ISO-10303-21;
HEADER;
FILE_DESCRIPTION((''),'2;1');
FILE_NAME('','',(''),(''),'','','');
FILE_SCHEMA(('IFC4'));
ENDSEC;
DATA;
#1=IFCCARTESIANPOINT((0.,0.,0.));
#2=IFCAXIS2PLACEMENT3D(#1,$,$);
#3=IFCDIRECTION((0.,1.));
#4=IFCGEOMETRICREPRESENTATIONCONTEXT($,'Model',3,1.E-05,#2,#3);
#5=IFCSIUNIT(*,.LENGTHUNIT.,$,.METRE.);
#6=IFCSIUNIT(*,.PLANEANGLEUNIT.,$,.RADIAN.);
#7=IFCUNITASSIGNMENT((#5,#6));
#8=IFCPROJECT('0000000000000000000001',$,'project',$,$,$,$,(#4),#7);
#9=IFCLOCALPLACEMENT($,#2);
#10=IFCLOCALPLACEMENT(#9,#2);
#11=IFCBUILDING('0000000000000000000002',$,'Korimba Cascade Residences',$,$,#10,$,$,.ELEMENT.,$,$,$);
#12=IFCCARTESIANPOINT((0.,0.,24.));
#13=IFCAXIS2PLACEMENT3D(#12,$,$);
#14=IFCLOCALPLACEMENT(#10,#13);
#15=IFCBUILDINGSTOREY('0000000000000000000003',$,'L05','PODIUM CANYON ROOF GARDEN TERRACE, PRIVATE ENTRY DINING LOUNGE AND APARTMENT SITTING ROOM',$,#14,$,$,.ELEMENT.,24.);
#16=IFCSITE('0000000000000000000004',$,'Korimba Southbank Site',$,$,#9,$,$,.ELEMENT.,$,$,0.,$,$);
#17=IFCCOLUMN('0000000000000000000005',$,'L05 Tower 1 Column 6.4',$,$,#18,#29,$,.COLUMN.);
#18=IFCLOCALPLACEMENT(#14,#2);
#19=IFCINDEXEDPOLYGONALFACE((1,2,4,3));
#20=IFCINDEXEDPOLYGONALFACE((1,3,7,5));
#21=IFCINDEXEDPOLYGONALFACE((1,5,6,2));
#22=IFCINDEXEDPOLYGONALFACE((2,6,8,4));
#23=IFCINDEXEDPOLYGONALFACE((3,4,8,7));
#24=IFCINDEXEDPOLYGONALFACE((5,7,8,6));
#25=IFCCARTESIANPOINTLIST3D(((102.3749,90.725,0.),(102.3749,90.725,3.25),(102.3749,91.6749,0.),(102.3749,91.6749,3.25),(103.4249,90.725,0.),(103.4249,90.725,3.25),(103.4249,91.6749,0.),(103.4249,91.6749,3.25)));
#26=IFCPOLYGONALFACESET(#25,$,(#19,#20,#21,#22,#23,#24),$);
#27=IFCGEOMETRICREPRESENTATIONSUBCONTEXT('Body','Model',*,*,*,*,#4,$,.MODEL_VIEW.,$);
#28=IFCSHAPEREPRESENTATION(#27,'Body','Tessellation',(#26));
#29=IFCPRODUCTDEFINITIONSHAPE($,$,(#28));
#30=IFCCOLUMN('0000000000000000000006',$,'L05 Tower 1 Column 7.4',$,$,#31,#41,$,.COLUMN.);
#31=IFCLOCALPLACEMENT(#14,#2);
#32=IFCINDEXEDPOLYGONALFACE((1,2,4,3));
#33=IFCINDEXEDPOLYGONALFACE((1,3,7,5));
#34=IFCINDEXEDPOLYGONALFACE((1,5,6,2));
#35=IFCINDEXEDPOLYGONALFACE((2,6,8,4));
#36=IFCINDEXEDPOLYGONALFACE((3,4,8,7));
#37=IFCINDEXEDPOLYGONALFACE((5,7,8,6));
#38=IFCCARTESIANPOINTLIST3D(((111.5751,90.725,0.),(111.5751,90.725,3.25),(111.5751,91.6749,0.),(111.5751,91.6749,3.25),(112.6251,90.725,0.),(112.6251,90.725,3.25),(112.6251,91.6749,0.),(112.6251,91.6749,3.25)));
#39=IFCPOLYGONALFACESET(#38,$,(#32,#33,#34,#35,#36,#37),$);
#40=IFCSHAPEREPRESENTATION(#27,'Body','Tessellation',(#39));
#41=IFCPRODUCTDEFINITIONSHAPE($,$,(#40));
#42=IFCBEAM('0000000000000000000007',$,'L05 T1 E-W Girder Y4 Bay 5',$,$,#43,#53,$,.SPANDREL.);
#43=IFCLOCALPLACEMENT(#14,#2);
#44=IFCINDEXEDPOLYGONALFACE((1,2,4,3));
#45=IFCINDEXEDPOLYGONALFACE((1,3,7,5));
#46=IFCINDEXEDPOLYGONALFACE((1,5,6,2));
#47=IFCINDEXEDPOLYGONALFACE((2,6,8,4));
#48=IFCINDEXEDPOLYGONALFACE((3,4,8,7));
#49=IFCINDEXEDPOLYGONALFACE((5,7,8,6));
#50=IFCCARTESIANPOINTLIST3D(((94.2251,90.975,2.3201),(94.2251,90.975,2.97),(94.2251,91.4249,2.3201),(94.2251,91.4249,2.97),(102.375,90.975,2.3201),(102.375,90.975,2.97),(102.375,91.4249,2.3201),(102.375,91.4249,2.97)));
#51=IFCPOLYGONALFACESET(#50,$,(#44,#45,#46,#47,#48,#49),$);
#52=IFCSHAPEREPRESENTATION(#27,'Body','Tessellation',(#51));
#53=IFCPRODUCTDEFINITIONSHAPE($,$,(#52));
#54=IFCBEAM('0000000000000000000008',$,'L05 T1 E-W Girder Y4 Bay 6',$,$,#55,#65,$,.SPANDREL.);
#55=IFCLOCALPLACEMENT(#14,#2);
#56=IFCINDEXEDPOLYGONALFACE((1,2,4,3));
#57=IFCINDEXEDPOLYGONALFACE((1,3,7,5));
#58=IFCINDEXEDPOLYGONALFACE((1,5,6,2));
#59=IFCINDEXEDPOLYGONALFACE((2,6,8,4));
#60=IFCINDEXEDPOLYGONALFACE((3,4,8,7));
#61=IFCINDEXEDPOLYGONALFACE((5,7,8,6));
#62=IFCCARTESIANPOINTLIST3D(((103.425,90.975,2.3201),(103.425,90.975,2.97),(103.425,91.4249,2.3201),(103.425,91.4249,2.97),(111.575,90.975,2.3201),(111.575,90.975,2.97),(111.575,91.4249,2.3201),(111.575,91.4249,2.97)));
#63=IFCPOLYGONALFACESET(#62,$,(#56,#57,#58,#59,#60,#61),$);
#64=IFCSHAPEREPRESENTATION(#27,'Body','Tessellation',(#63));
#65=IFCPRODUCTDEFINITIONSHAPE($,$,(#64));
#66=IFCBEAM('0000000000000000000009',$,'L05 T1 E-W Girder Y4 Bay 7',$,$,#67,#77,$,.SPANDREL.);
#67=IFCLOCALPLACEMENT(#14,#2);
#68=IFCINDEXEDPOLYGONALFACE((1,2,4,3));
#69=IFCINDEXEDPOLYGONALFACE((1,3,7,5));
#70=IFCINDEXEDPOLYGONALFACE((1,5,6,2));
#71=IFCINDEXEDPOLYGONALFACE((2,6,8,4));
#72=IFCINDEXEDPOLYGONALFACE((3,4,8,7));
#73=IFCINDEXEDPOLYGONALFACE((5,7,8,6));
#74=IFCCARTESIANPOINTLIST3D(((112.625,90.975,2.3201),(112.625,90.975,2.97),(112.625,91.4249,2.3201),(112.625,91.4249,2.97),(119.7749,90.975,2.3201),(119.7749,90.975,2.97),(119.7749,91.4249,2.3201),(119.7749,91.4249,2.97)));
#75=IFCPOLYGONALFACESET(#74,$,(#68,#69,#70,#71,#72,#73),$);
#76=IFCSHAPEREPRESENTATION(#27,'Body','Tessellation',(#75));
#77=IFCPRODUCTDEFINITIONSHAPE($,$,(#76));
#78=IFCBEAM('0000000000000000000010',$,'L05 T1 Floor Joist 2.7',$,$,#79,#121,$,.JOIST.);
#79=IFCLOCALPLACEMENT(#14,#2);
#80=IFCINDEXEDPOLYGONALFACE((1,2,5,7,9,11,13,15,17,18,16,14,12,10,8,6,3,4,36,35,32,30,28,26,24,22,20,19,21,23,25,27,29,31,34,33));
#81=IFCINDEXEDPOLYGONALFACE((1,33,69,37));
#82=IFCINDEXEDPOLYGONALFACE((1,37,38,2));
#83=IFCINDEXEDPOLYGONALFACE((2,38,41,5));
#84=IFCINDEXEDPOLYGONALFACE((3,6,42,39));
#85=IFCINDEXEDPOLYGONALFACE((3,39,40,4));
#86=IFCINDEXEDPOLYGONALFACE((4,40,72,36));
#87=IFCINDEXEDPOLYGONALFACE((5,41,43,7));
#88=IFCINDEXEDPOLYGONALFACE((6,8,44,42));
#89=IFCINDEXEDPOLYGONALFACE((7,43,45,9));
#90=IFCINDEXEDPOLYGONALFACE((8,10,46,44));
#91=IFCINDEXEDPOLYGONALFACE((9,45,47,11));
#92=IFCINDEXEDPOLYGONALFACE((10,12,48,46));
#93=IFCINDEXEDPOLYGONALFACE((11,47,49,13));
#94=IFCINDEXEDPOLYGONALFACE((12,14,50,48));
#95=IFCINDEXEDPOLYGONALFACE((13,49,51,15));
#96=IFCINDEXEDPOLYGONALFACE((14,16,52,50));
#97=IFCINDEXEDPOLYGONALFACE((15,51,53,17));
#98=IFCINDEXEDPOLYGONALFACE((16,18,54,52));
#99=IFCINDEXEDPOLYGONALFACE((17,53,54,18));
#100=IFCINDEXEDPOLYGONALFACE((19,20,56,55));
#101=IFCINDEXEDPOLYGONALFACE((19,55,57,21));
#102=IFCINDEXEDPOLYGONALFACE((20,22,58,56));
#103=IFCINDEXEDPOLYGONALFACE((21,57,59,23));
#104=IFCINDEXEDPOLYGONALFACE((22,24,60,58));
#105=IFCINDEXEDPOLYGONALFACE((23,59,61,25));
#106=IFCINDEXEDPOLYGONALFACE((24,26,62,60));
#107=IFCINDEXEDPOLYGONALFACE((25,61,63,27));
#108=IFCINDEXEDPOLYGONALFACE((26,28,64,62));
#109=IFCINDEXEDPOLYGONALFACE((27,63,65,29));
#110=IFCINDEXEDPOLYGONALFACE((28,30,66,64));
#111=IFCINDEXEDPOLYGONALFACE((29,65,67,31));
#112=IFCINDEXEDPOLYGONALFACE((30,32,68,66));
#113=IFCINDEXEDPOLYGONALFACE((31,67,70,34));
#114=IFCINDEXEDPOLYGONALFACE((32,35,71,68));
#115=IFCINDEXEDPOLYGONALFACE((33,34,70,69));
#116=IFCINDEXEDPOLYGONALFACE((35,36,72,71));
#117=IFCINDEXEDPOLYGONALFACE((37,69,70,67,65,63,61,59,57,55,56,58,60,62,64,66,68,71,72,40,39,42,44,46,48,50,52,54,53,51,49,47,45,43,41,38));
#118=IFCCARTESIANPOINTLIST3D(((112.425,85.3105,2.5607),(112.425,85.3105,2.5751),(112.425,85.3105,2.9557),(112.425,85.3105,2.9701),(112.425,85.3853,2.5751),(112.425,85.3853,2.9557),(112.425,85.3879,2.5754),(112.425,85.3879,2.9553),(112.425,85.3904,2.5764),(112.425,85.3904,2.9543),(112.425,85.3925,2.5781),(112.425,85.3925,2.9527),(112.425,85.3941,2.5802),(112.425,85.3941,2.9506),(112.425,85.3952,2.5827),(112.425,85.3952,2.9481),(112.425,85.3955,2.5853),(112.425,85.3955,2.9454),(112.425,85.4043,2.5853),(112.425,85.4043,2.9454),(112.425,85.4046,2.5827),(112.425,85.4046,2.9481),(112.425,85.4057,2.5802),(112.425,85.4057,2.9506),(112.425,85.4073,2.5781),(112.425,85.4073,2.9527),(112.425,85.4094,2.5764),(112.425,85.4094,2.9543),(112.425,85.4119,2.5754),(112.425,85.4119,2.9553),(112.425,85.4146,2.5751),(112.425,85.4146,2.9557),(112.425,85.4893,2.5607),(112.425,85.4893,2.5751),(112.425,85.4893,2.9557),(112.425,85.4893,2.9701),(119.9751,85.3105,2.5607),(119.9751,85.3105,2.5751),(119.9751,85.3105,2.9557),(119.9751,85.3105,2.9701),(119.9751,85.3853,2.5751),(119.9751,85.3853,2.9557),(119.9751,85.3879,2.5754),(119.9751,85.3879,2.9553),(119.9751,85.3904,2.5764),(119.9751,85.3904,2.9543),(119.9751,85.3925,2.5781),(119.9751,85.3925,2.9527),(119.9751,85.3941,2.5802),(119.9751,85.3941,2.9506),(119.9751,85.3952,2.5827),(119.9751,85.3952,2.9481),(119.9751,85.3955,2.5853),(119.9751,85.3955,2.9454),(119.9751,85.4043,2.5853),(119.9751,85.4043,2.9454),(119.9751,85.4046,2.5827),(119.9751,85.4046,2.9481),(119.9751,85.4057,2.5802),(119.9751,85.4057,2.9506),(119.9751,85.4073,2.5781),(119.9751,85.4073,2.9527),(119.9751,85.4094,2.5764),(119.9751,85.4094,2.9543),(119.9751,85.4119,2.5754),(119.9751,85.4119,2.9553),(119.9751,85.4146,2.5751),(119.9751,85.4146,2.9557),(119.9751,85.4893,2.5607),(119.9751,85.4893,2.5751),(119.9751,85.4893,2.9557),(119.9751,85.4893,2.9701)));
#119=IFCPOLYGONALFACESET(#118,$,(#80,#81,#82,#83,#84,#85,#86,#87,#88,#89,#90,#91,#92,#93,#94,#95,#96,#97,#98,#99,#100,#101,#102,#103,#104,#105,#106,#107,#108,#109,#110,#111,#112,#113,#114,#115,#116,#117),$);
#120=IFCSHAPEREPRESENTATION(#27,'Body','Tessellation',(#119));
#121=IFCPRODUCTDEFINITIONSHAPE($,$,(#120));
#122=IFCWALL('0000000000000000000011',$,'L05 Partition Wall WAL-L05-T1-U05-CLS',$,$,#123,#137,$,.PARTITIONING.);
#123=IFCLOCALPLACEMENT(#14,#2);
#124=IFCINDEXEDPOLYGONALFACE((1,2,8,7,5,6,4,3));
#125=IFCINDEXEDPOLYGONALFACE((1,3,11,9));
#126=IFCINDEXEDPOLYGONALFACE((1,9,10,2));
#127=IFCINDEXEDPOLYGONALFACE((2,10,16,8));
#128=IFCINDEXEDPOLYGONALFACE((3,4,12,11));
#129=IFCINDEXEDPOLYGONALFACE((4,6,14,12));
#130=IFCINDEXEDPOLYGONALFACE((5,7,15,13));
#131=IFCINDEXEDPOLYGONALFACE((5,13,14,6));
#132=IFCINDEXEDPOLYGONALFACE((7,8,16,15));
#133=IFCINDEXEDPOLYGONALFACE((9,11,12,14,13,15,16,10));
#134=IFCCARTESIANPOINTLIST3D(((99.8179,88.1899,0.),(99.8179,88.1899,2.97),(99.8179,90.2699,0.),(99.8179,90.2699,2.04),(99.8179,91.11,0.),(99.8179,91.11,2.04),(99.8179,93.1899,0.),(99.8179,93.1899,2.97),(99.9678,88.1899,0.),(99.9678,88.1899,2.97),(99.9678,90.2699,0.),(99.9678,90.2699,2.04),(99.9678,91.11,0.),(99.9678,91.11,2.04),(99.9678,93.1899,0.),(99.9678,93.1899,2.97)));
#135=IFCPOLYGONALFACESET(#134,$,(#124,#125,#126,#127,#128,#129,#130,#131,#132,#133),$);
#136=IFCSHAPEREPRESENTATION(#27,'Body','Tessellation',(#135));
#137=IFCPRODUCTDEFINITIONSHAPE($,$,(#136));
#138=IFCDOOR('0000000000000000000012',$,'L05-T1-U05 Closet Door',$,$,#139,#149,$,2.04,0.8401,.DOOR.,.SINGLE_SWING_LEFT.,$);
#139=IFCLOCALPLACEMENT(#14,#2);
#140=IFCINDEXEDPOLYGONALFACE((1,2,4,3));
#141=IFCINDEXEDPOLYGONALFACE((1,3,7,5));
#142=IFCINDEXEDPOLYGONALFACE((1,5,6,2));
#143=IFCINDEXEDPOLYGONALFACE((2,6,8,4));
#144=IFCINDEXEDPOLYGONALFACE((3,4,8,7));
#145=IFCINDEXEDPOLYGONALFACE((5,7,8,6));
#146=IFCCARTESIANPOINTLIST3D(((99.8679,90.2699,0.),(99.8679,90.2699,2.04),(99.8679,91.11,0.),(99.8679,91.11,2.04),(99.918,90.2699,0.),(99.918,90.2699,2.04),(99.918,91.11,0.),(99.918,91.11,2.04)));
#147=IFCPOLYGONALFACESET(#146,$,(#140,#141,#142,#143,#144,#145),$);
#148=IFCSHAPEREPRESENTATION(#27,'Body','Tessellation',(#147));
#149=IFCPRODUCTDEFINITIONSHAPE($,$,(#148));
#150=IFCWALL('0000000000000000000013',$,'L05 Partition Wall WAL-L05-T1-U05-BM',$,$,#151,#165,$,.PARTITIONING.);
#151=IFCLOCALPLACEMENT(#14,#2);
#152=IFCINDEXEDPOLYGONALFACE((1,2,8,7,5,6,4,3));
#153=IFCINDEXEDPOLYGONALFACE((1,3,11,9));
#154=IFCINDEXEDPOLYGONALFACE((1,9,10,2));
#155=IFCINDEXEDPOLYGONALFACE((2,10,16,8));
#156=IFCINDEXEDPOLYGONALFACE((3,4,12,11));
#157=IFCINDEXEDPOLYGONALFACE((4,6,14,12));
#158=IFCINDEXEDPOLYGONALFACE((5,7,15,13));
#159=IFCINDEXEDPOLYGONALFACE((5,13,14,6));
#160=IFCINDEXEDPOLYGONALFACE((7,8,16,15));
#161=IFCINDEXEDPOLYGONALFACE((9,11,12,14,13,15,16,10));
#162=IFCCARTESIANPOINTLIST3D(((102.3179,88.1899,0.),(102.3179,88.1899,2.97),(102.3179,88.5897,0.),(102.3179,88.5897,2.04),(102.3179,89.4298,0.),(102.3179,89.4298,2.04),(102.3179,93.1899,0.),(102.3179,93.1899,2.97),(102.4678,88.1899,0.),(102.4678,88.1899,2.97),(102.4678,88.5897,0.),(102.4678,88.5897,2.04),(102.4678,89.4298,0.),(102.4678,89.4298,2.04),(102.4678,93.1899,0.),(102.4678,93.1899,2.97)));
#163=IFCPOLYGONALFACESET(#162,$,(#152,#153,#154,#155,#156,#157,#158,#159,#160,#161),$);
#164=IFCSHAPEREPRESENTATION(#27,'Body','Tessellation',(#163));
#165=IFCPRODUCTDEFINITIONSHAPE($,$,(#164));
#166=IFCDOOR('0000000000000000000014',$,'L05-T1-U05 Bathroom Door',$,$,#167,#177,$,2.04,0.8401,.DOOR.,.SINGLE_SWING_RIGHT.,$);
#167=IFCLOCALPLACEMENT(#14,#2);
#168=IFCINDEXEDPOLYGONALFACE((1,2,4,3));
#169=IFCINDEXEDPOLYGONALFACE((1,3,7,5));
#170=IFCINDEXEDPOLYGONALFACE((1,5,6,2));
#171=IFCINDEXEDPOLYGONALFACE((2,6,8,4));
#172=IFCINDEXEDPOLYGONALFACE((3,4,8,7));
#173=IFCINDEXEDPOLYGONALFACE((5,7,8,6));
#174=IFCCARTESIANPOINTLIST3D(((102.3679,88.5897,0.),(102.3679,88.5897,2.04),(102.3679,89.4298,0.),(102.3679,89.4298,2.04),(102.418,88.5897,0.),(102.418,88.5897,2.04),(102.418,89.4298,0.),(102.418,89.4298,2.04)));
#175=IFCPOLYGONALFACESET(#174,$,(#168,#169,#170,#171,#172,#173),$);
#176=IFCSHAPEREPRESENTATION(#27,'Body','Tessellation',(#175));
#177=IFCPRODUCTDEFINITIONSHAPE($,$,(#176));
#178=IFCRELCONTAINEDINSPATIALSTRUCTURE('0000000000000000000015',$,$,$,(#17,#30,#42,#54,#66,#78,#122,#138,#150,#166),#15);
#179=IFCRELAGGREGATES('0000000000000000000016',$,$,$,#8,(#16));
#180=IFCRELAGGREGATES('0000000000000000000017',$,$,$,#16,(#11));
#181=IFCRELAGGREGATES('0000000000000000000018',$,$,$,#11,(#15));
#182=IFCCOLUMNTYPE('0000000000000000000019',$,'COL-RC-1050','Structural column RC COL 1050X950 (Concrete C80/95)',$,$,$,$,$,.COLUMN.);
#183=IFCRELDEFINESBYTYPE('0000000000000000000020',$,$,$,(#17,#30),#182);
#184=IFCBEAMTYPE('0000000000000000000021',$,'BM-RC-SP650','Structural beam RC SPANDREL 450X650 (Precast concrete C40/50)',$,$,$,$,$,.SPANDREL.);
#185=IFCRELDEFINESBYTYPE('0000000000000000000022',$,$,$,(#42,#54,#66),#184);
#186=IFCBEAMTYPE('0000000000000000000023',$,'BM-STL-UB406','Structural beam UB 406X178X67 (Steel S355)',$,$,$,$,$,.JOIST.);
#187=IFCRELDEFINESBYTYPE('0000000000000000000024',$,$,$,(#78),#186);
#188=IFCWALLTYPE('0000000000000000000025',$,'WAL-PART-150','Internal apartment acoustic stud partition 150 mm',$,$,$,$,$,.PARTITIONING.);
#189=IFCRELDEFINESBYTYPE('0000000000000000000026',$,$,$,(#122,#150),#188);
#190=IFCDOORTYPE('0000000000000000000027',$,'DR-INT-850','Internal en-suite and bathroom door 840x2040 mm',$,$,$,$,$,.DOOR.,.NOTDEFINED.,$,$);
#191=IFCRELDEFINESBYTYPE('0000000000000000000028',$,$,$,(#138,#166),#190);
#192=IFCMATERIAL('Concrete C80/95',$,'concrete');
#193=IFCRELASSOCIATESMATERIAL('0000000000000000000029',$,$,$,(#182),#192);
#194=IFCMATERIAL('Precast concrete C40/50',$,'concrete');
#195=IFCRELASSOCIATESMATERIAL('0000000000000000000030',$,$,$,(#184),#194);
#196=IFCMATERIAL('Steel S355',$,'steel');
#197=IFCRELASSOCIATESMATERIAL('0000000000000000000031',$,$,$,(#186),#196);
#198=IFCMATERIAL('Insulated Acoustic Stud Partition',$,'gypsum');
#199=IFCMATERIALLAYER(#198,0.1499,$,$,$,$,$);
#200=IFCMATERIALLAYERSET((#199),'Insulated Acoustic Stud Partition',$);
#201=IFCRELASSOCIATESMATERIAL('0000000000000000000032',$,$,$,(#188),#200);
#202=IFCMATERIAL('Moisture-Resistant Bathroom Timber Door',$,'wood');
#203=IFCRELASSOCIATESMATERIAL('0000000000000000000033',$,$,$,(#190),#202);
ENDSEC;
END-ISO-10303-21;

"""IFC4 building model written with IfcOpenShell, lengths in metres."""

from ifc_helpers import new_model, si_unit, direction, frame, frame_2d, origin, origin_2d, place, context, subcontext, project, spatial, rectangle, i_section, extrude, material, layer, layer_set, material_profile, profile_set, type_object, element, fill, save


model = new_model("IFC4")

# Units and contexts
model_context = context("Model", 3, precision=1e-05, world=origin(), true_north=direction((0.0, 1.0)))
body_context = subcontext(model_context, "Body", "Model", "MODEL_VIEW")
ifc_project = project(units=[si_unit("LENGTHUNIT", "METRE"), si_unit("PLANEANGLEUNIT", "RADIAN")], contexts=[model_context])

# Site, building, storey
site_placement = place(None, origin())
site = spatial("IfcSite", under=ifc_project, at=site_placement, Name="Korimba Southbank Site", CompositionType="ELEMENT", RefElevation=0.0)
building_placement = place(site_placement, origin())
building = spatial("IfcBuilding", under=site, at=building_placement, Name="Korimba Cascade Residences", CompositionType="ELEMENT")
storey_placement = place(building_placement, frame((0.0, 0.0, 24.0)))
storey = spatial("IfcBuildingStorey", under=building, at=storey_placement, Name="L05", Description="PODIUM CANYON ROOF GARDEN TERRACE, PRIVATE ENTRY DINING LOUNGE AND APARTMENT SITTING ROOM", CompositionType="ELEMENT", Elevation=24.0)

# Columns
ifc_material_1 = material(Name="Concrete C80/95", Category="concrete")
ifc_material_profile_1 = material_profile(ifc_material_1, rectangle(XDim=1.05, YDim=0.95, at=origin_2d()), Name="Concrete C80/95")
ifc_profile_set_1 = profile_set([ifc_material_profile_1], Name="Concrete C80/95")
column_type = type_object("IfcColumnType", Name="COL-RC-1050", Description="Structural column RC COL 1050X950 (Concrete C80/95)", PredefinedType="COLUMN", material=ifc_profile_set_1)
for number, where, z_axis, x_axis, name in (
    (1, (102.8999, 91.2, 0.0), (0.0, 0.0, 1.0), (1.0, 0.0, 0.0), "L05 Tower 1 Column 6.4"),
    (2, (112.1001, 91.2, 0.0), (0.0, 0.0, 1.0), (1.0, 0.0, 0.0), "L05 Tower 1 Column 7.4"),
):
    element("IfcColumn", number, at=place(storey_placement, frame(where, z_axis=z_axis, x_axis=x_axis)), inside=storey, type_object=column_type, Name=name, PredefinedType="COLUMN", context=body_context, shape_type="SweptSolid", body=[
        extrude(rectangle(XDim=1.05, YDim=0.95, at=origin_2d()), origin(), (0.0, 0.0, 1.0), 3.25),
    ])

# Beams
ifc_material_2 = material(Name="Precast concrete C40/50", Category="concrete")
ifc_material_profile_2 = material_profile(ifc_material_2, rectangle(XDim=0.45, YDim=0.6499, at=origin_2d()), Name="Precast concrete C40/50")
ifc_profile_set_2 = profile_set([ifc_material_profile_2], Name="Precast concrete C40/50")
beam_type_1 = type_object("IfcBeamType", Name="BM-RC-SP650", Description="Structural beam RC SPANDREL 450X650 (Precast concrete C40/50)", PredefinedType="SPANDREL", material=ifc_profile_set_2)
for number, where, z_axis, x_axis, name in (
    (3, (94.2251, 91.2, 2.645), (1.0, 0.0, 0.0), (0.0, 1.0, 0.0), "L05 T1 E-W Girder Y4 Bay 5"),
    (4, (103.425, 91.2, 2.645), (1.0, 0.0, 0.0), (0.0, 1.0, 0.0), "L05 T1 E-W Girder Y4 Bay 6"),
):
    element("IfcBeam", number, at=place(storey_placement, frame(where, z_axis=z_axis, x_axis=x_axis)), inside=storey, type_object=beam_type_1, Name=name, PredefinedType="SPANDREL", context=body_context, shape_type="SweptSolid", body=[
        extrude(rectangle(XDim=0.45, YDim=0.6499, at=origin_2d()), origin(), (0.0, 0.0, 1.0), 8.1499),
    ])
beam_1_placement = place(storey_placement, frame((112.625, 91.2, 2.645), z_axis=(1.0, 0.0, 0.0), x_axis=(0.0, 1.0, 0.0)))
element("IfcBeam", 5, at=beam_1_placement, inside=storey, type_object=beam_type_1, Name="L05 T1 E-W Girder Y4 Bay 7", PredefinedType="SPANDREL", context=body_context, shape_type="SweptSolid", body=[
    extrude(rectangle(XDim=0.45, YDim=0.6499, at=origin_2d()), origin(), (0.0, 0.0, 1.0), 7.1499),
])
ifc_material_3 = material(Name="Steel S355", Category="steel")
ifc_material_profile_3 = material_profile(ifc_material_3, i_section(OverallWidth=0.1787, OverallDepth=0.4094, WebThickness=0.0088, FlangeThickness=0.0144, FilletRadius=0.0103, at=origin_2d()), Name="Steel S355")
ifc_profile_set_3 = profile_set([ifc_material_profile_3], Name="Steel S355")
beam_type_2 = type_object("IfcBeamType", Name="BM-STL-UB406", Description="Structural beam UB 406X178X67 (Steel S355)", PredefinedType="JOIST", material=ifc_profile_set_3)
beam_2_placement = place(storey_placement, frame((112.425, 85.3999, 2.7654), z_axis=(1.0, 0.0, 0.0), x_axis=(0.0, 1.0, 0.0)))
element("IfcBeam", 6, at=beam_2_placement, inside=storey, type_object=beam_type_2, Name="L05 T1 Floor Joist 2.7", PredefinedType="JOIST", context=body_context, shape_type="SweptSolid", body=[
    extrude(i_section(OverallWidth=0.1787, OverallDepth=0.4094, WebThickness=0.0088, FlangeThickness=0.0144, FilletRadius=0.0103, at=origin_2d()), origin(), (0.0, 0.0, 1.0), 7.55),
])

# Walls, openings, doors
ifc_material_4 = material(Name="Insulated Acoustic Stud Partition", Category="gypsum")
ifc_layer = layer(ifc_material_4, 0.1499)
ifc_layer_set = layer_set([ifc_layer], Name="Insulated Acoustic Stud Partition")
wall_type = type_object("IfcWallType", Name="WAL-PART-150", Description="Internal apartment acoustic stud partition 150 mm", PredefinedType="PARTITIONING", material=ifc_layer_set)
wall_1_placement = place(storey_placement, frame((99.8928, 88.1899, 0.0), z_axis=(0.0, 0.0, 1.0), x_axis=(0.0, 1.0, 0.0)))
wall_1 = element("IfcWall", 7, at=wall_1_placement, inside=storey, type_object=wall_type, Name="L05 Partition Wall WAL-L05-T1-U05-CLS", PredefinedType="PARTITIONING", context=body_context, shape_type="SweptSolid", body=[
    extrude(rectangle(XDim=5.0, YDim=0.1499, at=frame_2d((2.5, 0.0))), origin(), (0.0, 0.0, 1.0), 2.97),
])
opening_1_placement = place(wall_1_placement, frame((2.0801, 0.0, 0.0)))
opening_1 = element("IfcOpeningElement", 8, at=opening_1_placement, cuts=wall_1, PredefinedType="OPENING", context=body_context, shape_type="SweptSolid", body=[
    extrude(rectangle(XDim=0.8401, YDim=2.04, at=frame_2d((0.4199, 1.02))), frame((0.0, 0.085, 0.0), z_axis=(0.0, -1.0, 0.0), x_axis=(1.0, 0.0, 0.0)), (0.0, 0.0, 1.0), 0.1699),
])
ifc_material_5 = material(Name="Moisture-Resistant Bathroom Timber Door", Category="wood")
door_type_1 = type_object("IfcDoorType", Name="DR-INT-850", Description="Internal en-suite and bathroom door 840x2040 mm", OperationType="NOTDEFINED", PredefinedType="DOOR", material=ifc_material_5)
door_1_placement = place(opening_1_placement, origin())
door_1 = element("IfcDoor", 9, at=door_1_placement, inside=storey, type_object=door_type_1, Name="L05-T1-U05 Closet Door", OperationType="SINGLE_SWING_LEFT", OverallHeight=2.04, OverallWidth=0.8401, PredefinedType="DOOR", context=body_context, shape_type="SweptSolid", body=[
    extrude(rectangle(XDim=0.8401, YDim=2.04, at=frame_2d((0.4199, 1.02))), frame((0.0, 0.0249, 0.0), z_axis=(0.0, -1.0, 0.0), x_axis=(1.0, 0.0, 0.0)), (0.0, 0.0, 1.0), 0.05),
])
fill(opening_1, door_1)
wall_2_placement = place(storey_placement, frame((102.3928, 88.1899, 0.0), z_axis=(0.0, 0.0, 1.0), x_axis=(0.0, 1.0, 0.0)))
wall_2 = element("IfcWall", 10, at=wall_2_placement, inside=storey, type_object=wall_type, Name="L05 Partition Wall WAL-L05-T1-U05-BM", PredefinedType="PARTITIONING", context=body_context, shape_type="SweptSolid", body=[
    extrude(rectangle(XDim=5.0, YDim=0.1499, at=frame_2d((2.5, 0.0))), origin(), (0.0, 0.0, 1.0), 2.97),
])
opening_2_placement = place(wall_2_placement, frame((0.3999, 0.0, 0.0)))
opening_2 = element("IfcOpeningElement", 11, at=opening_2_placement, cuts=wall_2, PredefinedType="OPENING", context=body_context, shape_type="SweptSolid", body=[
    extrude(rectangle(XDim=0.8401, YDim=2.04, at=frame_2d((0.4199, 1.02))), frame((0.0, 0.085, 0.0), z_axis=(0.0, -1.0, 0.0), x_axis=(1.0, 0.0, 0.0)), (0.0, 0.0, 1.0), 0.1699),
])
door_2_placement = place(opening_2_placement, origin())
door_2 = element("IfcDoor", 12, at=door_2_placement, inside=storey, type_object=door_type_1, Name="L05-T1-U05 Bathroom Door", OperationType="SINGLE_SWING_RIGHT", OverallHeight=2.04, OverallWidth=0.8401, PredefinedType="DOOR", context=body_context, shape_type="SweptSolid", body=[
    extrude(rectangle(XDim=0.8401, YDim=2.04, at=frame_2d((0.4199, 1.02))), frame((0.0, 0.0249, 0.0), z_axis=(0.0, -1.0, 0.0), x_axis=(1.0, 0.0, 0.0)), (0.0, 0.0, 1.0), 0.05),
])
fill(opening_2, door_2)

save(model, "model.ifc")
